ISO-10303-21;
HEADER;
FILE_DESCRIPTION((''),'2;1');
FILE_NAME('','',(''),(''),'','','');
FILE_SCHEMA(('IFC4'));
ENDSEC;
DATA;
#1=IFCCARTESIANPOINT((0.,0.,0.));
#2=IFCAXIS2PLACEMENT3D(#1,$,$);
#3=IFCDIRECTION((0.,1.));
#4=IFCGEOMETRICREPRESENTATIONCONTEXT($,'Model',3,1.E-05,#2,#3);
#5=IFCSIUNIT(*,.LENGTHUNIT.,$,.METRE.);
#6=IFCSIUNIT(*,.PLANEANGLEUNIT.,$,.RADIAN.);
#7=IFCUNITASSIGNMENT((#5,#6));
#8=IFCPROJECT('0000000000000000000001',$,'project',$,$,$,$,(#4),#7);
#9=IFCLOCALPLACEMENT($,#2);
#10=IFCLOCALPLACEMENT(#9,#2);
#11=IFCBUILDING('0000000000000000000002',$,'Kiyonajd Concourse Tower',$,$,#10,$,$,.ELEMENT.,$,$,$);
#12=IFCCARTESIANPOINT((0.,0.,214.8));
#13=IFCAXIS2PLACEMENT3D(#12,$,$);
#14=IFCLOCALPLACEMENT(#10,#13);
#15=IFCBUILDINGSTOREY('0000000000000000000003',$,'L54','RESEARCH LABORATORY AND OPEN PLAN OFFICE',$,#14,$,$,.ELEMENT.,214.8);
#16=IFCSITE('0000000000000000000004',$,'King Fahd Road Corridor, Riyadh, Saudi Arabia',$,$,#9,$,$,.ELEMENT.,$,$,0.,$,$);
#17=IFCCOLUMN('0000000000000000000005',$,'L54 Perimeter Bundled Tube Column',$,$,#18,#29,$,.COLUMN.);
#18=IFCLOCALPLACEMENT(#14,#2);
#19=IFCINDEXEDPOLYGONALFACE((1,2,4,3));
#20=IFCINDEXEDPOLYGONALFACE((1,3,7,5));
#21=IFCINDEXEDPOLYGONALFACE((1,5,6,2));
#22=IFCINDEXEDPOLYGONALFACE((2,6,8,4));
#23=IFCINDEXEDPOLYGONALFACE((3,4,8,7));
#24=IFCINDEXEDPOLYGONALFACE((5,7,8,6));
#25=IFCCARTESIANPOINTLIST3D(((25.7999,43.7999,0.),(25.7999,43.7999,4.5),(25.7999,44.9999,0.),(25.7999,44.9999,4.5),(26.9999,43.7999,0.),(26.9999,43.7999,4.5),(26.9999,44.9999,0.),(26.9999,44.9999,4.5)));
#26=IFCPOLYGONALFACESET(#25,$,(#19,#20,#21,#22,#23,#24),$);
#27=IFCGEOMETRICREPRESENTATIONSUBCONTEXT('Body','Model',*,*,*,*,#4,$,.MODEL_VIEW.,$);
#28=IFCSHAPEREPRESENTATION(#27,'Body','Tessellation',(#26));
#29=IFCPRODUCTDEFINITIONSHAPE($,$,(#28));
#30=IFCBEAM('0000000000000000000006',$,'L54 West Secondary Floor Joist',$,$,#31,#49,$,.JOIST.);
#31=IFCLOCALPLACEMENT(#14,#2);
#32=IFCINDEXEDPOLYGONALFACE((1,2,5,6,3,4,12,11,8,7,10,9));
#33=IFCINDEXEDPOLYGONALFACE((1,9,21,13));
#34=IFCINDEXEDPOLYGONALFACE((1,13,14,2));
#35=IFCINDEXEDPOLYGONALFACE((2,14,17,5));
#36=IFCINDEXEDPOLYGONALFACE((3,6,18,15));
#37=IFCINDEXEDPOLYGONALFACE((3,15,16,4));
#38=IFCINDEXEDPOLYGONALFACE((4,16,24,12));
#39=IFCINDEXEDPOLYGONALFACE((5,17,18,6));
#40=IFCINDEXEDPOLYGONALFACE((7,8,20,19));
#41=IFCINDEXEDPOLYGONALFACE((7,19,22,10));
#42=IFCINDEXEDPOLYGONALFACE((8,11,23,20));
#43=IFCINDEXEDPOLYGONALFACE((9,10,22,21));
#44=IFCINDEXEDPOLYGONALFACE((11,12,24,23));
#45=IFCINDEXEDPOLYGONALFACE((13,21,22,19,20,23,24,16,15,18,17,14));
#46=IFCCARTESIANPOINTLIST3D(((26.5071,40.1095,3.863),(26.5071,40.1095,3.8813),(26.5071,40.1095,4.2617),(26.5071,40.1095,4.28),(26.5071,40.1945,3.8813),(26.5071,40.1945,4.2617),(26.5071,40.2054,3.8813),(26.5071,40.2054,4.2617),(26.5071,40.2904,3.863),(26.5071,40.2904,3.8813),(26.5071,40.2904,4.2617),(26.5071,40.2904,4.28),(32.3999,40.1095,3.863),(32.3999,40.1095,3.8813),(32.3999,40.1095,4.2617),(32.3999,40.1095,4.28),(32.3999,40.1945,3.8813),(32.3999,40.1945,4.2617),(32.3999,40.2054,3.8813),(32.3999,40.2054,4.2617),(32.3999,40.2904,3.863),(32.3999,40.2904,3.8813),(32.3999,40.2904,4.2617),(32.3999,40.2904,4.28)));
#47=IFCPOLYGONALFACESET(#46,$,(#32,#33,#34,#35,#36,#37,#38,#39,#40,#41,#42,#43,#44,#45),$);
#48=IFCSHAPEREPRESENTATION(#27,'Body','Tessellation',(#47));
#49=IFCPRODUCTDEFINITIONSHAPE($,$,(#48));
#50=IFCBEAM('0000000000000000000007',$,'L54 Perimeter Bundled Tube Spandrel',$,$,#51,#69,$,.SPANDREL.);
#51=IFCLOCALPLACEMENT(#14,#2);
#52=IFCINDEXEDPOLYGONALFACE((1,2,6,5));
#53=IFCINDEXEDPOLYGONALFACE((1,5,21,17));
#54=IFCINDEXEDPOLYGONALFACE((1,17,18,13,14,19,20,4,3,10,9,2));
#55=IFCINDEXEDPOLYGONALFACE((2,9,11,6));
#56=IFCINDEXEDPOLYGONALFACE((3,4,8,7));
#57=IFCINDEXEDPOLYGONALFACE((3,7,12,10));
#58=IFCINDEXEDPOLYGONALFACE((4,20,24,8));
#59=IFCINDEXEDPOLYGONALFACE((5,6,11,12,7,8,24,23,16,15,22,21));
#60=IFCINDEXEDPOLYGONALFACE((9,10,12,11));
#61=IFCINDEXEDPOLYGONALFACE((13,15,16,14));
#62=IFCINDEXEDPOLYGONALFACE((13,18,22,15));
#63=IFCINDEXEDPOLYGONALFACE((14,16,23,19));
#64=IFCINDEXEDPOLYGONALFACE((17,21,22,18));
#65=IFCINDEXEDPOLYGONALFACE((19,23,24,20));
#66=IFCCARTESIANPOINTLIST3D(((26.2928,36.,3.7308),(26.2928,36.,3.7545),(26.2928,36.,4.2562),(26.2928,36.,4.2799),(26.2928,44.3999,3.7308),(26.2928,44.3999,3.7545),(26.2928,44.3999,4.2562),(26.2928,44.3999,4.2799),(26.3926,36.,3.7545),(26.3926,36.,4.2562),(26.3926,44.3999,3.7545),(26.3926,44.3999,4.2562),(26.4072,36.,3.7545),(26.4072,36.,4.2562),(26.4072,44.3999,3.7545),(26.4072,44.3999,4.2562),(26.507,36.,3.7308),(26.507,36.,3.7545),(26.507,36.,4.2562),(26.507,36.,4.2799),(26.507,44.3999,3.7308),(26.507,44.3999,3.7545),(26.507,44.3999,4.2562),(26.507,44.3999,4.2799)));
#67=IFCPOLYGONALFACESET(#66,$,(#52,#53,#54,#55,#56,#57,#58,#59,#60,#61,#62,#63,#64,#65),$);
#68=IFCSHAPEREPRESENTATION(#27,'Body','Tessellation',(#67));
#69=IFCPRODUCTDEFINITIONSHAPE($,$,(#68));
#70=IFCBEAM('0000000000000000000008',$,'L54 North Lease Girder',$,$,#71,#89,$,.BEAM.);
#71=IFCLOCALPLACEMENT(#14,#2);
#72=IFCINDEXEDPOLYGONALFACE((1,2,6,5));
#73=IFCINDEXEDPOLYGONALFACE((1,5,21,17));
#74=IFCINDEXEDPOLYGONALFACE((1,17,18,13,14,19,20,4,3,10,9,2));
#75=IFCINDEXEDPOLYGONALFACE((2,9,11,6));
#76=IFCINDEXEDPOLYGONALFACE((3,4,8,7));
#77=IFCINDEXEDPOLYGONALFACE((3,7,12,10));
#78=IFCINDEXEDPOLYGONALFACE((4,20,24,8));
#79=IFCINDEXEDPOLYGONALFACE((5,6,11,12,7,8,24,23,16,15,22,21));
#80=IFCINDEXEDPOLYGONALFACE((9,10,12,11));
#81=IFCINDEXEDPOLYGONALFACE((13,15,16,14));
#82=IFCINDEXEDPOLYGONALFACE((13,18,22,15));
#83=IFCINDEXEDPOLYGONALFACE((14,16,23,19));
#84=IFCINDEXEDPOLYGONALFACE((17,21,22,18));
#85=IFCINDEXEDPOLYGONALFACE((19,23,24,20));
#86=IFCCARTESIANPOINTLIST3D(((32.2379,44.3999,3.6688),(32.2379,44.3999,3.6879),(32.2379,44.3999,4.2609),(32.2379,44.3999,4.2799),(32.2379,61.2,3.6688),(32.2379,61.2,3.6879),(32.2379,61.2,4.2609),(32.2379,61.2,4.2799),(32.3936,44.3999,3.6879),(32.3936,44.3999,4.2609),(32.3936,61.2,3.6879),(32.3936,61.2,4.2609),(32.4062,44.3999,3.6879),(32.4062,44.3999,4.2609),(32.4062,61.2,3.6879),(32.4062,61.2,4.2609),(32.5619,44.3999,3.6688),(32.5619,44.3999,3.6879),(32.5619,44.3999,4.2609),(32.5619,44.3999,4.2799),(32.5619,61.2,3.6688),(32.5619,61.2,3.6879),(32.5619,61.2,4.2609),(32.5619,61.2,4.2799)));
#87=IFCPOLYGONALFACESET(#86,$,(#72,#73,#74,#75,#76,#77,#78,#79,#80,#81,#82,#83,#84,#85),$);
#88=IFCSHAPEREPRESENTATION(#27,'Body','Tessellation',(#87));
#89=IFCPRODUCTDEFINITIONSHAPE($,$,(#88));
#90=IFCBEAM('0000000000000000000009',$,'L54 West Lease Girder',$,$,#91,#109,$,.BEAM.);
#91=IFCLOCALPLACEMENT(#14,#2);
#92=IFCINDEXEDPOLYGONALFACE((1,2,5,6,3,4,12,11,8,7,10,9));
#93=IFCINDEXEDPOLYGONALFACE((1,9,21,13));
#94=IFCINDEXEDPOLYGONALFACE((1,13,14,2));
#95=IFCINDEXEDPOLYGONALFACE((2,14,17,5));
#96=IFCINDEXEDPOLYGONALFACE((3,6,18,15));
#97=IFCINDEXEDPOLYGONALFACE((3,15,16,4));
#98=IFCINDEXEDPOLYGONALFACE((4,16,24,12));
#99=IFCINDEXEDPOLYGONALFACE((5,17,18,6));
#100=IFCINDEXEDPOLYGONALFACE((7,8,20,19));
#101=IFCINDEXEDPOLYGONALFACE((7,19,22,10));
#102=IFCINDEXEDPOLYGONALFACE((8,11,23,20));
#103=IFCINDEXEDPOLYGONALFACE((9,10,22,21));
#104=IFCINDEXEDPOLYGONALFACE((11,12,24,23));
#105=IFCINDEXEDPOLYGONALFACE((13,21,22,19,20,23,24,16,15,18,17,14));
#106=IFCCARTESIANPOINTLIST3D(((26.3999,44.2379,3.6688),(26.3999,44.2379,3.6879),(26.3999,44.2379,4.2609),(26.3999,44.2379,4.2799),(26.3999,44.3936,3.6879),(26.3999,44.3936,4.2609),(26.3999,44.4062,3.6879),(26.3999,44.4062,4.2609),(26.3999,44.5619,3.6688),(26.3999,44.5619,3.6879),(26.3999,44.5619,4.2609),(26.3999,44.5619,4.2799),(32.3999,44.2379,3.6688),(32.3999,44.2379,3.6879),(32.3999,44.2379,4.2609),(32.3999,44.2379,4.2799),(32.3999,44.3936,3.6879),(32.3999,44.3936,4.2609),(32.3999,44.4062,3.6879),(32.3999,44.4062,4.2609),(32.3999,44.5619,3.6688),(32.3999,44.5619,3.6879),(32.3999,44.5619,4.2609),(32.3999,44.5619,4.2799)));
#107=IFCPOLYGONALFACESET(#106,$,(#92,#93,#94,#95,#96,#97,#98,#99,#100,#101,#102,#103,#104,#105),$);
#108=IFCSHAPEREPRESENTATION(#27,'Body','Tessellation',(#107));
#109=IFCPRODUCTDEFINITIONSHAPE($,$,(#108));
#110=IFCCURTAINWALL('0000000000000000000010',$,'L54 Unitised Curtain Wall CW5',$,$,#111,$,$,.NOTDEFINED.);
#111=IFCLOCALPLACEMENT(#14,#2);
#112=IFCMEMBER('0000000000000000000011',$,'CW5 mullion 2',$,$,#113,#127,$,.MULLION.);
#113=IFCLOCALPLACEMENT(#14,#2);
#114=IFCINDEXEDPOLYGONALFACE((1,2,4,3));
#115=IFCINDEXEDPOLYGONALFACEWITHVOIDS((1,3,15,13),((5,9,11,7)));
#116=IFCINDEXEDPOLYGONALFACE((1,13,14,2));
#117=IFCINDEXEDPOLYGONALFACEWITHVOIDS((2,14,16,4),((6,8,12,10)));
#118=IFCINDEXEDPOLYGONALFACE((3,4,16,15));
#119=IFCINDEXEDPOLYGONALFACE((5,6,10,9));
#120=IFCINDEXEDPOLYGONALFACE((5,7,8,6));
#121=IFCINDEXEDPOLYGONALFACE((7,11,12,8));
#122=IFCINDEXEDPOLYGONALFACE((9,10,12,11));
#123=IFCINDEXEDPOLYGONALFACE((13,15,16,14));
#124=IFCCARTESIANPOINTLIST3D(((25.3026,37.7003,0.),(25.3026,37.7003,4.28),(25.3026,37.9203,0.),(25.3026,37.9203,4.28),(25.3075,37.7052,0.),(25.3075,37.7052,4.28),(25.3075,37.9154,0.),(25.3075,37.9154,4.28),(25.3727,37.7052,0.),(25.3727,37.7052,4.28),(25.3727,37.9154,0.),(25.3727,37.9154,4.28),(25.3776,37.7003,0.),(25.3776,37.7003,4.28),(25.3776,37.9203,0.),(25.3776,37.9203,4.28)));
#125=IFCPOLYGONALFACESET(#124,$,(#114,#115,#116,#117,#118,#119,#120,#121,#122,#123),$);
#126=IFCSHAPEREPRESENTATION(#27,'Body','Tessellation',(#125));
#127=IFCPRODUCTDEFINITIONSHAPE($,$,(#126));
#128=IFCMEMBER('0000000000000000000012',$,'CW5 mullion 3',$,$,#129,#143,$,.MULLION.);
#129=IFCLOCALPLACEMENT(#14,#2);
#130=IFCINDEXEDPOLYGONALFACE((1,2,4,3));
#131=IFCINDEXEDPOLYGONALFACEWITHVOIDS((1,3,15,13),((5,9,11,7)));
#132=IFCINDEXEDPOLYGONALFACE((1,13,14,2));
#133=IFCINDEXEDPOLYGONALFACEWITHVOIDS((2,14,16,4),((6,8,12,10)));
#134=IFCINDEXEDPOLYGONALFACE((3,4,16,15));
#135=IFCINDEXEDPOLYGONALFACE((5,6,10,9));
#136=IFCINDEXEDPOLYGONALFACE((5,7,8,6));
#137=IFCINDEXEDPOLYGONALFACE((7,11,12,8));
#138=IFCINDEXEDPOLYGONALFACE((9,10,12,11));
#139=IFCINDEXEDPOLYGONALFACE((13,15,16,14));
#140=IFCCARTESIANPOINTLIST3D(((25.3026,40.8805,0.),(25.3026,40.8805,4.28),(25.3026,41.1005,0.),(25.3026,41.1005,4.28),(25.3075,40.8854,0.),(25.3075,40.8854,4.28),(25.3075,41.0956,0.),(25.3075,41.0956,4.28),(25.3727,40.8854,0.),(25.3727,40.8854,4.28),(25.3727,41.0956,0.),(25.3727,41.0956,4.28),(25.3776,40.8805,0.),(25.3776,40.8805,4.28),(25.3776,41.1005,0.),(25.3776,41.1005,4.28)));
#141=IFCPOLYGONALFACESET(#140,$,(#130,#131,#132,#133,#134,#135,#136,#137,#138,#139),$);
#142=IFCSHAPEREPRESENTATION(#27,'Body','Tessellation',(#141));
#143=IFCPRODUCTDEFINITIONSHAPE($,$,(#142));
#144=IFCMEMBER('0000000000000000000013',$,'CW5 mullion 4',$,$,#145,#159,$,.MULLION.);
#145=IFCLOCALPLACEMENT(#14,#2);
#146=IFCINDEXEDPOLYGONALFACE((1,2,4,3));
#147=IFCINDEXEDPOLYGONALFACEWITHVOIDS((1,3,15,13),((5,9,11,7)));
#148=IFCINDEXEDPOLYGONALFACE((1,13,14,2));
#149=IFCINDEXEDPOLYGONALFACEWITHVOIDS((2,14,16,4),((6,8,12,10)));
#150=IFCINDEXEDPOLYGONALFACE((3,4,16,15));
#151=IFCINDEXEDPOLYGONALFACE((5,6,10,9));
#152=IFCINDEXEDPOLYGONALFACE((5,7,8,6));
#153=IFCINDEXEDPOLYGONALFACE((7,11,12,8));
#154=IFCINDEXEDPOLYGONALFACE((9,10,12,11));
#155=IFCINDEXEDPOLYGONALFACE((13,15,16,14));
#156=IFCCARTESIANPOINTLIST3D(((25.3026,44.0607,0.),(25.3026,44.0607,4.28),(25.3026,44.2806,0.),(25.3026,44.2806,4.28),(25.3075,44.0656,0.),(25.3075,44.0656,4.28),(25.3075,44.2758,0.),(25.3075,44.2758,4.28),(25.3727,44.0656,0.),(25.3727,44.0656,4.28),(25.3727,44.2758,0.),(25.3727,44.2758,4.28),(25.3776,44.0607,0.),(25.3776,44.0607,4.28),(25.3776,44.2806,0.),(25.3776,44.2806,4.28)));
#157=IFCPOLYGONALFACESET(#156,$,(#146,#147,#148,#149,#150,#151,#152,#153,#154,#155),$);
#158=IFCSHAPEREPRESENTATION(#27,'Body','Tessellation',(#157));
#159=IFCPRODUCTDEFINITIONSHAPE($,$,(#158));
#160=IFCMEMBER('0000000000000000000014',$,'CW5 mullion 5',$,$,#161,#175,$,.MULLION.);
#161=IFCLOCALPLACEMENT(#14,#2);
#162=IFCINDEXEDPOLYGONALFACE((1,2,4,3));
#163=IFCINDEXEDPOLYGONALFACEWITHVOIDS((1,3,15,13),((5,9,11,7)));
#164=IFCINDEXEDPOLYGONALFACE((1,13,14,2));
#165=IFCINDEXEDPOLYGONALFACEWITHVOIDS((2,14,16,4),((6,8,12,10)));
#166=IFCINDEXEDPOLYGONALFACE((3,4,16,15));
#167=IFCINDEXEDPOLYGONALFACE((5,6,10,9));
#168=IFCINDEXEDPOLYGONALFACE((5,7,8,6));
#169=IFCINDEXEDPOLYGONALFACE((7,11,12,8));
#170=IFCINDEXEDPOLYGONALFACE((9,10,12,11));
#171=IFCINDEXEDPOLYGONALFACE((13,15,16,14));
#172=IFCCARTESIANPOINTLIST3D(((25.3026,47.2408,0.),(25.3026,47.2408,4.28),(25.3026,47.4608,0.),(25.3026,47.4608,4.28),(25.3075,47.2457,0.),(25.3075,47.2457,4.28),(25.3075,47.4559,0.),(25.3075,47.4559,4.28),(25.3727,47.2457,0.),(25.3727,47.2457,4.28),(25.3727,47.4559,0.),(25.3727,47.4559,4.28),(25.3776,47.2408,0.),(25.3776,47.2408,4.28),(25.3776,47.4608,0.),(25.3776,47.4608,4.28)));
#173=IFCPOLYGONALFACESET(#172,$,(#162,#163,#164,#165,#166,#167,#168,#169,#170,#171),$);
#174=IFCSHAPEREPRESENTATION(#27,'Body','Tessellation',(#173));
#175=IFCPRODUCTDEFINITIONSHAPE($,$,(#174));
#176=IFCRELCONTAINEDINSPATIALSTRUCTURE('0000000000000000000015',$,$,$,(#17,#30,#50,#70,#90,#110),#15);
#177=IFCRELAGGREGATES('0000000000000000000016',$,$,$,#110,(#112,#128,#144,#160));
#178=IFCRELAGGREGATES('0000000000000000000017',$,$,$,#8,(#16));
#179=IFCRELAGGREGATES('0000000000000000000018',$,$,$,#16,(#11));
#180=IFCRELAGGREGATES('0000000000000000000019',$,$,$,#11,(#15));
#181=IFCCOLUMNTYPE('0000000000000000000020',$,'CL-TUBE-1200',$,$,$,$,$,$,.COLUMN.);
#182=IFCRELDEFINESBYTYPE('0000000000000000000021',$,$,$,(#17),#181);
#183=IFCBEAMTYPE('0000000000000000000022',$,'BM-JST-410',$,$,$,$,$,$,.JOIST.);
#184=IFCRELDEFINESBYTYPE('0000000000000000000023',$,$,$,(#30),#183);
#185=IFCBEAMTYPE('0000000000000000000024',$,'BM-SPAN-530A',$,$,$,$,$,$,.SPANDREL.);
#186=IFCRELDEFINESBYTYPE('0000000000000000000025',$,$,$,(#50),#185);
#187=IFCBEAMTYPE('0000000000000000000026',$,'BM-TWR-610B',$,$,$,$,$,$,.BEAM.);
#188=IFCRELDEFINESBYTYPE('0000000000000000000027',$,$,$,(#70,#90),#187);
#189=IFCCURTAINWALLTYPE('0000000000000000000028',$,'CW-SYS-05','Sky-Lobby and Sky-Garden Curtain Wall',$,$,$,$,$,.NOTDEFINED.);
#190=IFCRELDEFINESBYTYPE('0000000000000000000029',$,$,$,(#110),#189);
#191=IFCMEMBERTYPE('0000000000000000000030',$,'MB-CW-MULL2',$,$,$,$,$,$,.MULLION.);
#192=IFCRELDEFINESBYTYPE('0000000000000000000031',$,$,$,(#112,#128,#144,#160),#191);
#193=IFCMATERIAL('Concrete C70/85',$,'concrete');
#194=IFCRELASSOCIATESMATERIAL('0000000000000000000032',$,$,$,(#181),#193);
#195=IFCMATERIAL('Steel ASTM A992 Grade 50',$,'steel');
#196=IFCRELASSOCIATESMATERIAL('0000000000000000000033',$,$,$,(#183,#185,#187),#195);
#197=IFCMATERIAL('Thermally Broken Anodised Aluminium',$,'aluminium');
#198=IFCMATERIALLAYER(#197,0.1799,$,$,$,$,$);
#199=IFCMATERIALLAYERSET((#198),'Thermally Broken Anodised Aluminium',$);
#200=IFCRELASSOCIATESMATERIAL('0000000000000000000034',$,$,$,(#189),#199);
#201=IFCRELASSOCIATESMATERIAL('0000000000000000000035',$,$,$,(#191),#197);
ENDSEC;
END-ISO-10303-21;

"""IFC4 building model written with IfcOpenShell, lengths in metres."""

from ifc_helpers import new_model, si_unit, direction, frame, origin, origin_2d, place, context, subcontext, project, spatial, rectangle, hollow_rectangle, i_section, extrude, material, layer, layer_set, material_profile, profile_set, type_object, element, aggregate, save


model = new_model("IFC4")

# Units and contexts
model_context = context("Model", 3, precision=1e-05, world=origin(), true_north=direction((0.0, 1.0)))
body_context = subcontext(model_context, "Body", "Model", "MODEL_VIEW")
ifc_project = project(units=[si_unit("LENGTHUNIT", "METRE"), si_unit("PLANEANGLEUNIT", "RADIAN")], contexts=[model_context])

# Site, building, storey
site_placement = place(None, origin())
site = spatial("IfcSite", under=ifc_project, at=site_placement, Name="King Fahd Road Corridor, Riyadh, Saudi Arabia", CompositionType="ELEMENT", RefElevation=0.0)
building_placement = place(site_placement, origin())
building = spatial("IfcBuilding", under=site, at=building_placement, Name="Kiyonajd Concourse Tower", CompositionType="ELEMENT")
storey_placement = place(building_placement, frame((0.0, 0.0, 214.8)))
storey = spatial("IfcBuildingStorey", under=building, at=storey_placement, Name="L54", Description="RESEARCH LABORATORY AND OPEN PLAN OFFICE", CompositionType="ELEMENT", Elevation=214.8)

# Column
ifc_material_1 = material(Name="Concrete C70/85", Category="concrete")
ifc_material_profile_1 = material_profile(ifc_material_1, rectangle(XDim=1.2, YDim=1.2, at=origin_2d()), Name="RC-1200x1200")
ifc_profile_set_1 = profile_set([ifc_material_profile_1], Name="Concrete C70/85")
column_type = type_object("IfcColumnType", Name="CL-TUBE-1200", PredefinedType="COLUMN", material=ifc_profile_set_1)
column_placement = place(storey_placement, frame((26.3999, 44.3999, 0.0), z_axis=(0.0, 0.0, 1.0), x_axis=(1.0, 0.0, 0.0)))
element("IfcColumn", 1, at=column_placement, inside=storey, type_object=column_type, Name="L54 Perimeter Bundled Tube Column", PredefinedType="COLUMN", context=body_context, shape_type="SweptSolid", body=[
    extrude(rectangle(XDim=1.2, YDim=1.2, at=origin_2d()), origin(), (0.0, 0.0, 1.0), 4.5),
])

# Beams
ifc_material_2 = material(Name="Steel ASTM A992 Grade 50", Category="steel")
ifc_material_profile_2 = material_profile(ifc_material_2, i_section(OverallWidth=0.1809, OverallDepth=0.417, WebThickness=0.011, FlangeThickness=0.0183, at=origin_2d()), Name="W410X85")
ifc_profile_set_2 = profile_set([ifc_material_profile_2], Name="Steel ASTM A992 Grade 50")
beam_type_1 = type_object("IfcBeamType", Name="BM-JST-410", PredefinedType="JOIST", material=ifc_profile_set_2)
beam_1_placement = place(storey_placement, frame((26.5071, 40.2, 4.0715), z_axis=(1.0, 0.0, 0.0), x_axis=(0.0, 1.0, 0.0)))
element("IfcBeam", 2, at=beam_1_placement, inside=storey, type_object=beam_type_1, Name="L54 West Secondary Floor Joist", PredefinedType="JOIST", context=body_context, shape_type="SweptSolid", body=[
    extrude(i_section(OverallWidth=0.1809, OverallDepth=0.417, WebThickness=0.011, FlangeThickness=0.0183, at=origin_2d()), origin(), (0.0, 0.0, 1.0), 5.8928),
])
ifc_material_profile_3 = material_profile(ifc_material_2, i_section(OverallWidth=0.2141, OverallDepth=0.5491, WebThickness=0.0146, FlangeThickness=0.0237, at=origin_2d()), Name="W530X138")
ifc_profile_set_3 = profile_set([ifc_material_profile_3], Name="Steel ASTM A992 Grade 50")
beam_type_2 = type_object("IfcBeamType", Name="BM-SPAN-530A", PredefinedType="SPANDREL", material=ifc_profile_set_3)
beam_2_placement = place(storey_placement, frame((26.3999, 44.3999, 4.0054), z_axis=(0.0, -1.0, 0.0), x_axis=(1.0, 0.0, 0.0)))
element("IfcBeam", 3, at=beam_2_placement, inside=storey, type_object=beam_type_2, Name="L54 Perimeter Bundled Tube Spandrel", PredefinedType="SPANDREL", context=body_context, shape_type="SweptSolid", body=[
    extrude(i_section(OverallWidth=0.2141, OverallDepth=0.5491, WebThickness=0.0146, FlangeThickness=0.0237, at=origin_2d()), origin(), (0.0, 0.0, 1.0), 8.3999),
])
ifc_material_profile_4 = material_profile(ifc_material_2, i_section(OverallWidth=0.324, OverallDepth=0.6111, WebThickness=0.0127, FlangeThickness=0.019, at=origin_2d()), Name="W610X155")
ifc_profile_set_4 = profile_set([ifc_material_profile_4], Name="Steel ASTM A992 Grade 50")
beam_type_3 = type_object("IfcBeamType", Name="BM-TWR-610B", PredefinedType="BEAM", material=ifc_profile_set_4)
beam_3_placement = place(storey_placement, frame((32.3999, 44.3999, 3.9744), z_axis=(0.0, 1.0, 0.0), x_axis=(-1.0, 0.0, 0.0)))
element("IfcBeam", 4, at=beam_3_placement, inside=storey, type_object=beam_type_3, Name="L54 North Lease Girder", PredefinedType="BEAM", context=body_context, shape_type="SweptSolid", body=[
    extrude(i_section(OverallWidth=0.324, OverallDepth=0.6111, WebThickness=0.0127, FlangeThickness=0.019, at=origin_2d()), origin(), (0.0, 0.0, 1.0), 16.8),
])
beam_4_placement = place(storey_placement, frame((26.3999, 44.3999, 3.9744), z_axis=(1.0, 0.0, 0.0), x_axis=(0.0, 1.0, 0.0)))
element("IfcBeam", 5, at=beam_4_placement, inside=storey, type_object=beam_type_3, Name="L54 West Lease Girder", PredefinedType="BEAM", context=body_context, shape_type="SweptSolid", body=[
    extrude(i_section(OverallWidth=0.324, OverallDepth=0.6111, WebThickness=0.0127, FlangeThickness=0.019, at=origin_2d()), origin(), (0.0, 0.0, 1.0), 6.0),
])

# Curtain wall, members
ifc_material_3 = material(Name="Thermally Broken Anodised Aluminium", Category="aluminium")
ifc_layer_1 = layer(ifc_material_3, 0.1799)
ifc_layer_set_1 = layer_set([ifc_layer_1], Name="Thermally Broken Anodised Aluminium")
curtain_wall_type = type_object("IfcCurtainWallType", Name="CW-SYS-05", Description="Sky-Lobby and Sky-Garden Curtain Wall", PredefinedType="NOTDEFINED", material=ifc_layer_set_1)
curtain_wall_placement = place(storey_placement, origin())
curtain_wall = element("IfcCurtainWall", 6, at=curtain_wall_placement, inside=storey, type_object=curtain_wall_type, Name="L54 Unitised Curtain Wall CW5", PredefinedType="NOTDEFINED")
ifc_material_profile_5 = material_profile(ifc_material_3, hollow_rectangle(XDim=0.075, YDim=0.22, WallThickness=0.0049, at=origin_2d()), Name="MULL-75x220")
ifc_profile_set_5 = profile_set([ifc_material_profile_5], Name="Thermally Broken Anodised Aluminium")
member_type_1 = type_object("IfcMemberType", Name="MB-CW-MULL2", PredefinedType="MULLION", material=ifc_profile_set_5)
member_1_placement = place(storey_placement, frame((25.3401, 37.8103, 0.0), z_axis=(0.0, 0.0, 1.0), x_axis=(-1.0, 0.0, 0.0)))
member_1 = element("IfcMember", 7, at=member_1_placement, type_object=member_type_1, Name="CW5 mullion 2", PredefinedType="MULLION", context=body_context, shape_type="SweptSolid", body=[
    extrude(hollow_rectangle(XDim=0.075, YDim=0.22, WallThickness=0.0049, at=origin_2d()), origin(), (0.0, 0.0, 1.0), 4.28),
])
member_2_placement = place(storey_placement, frame((25.3401, 40.9905, 0.0), z_axis=(0.0, 0.0, 1.0), x_axis=(-1.0, 0.0, 0.0)))
member_2 = element("IfcMember", 8, at=member_2_placement, type_object=member_type_1, Name="CW5 mullion 3", PredefinedType="MULLION", context=body_context, shape_type="SweptSolid", body=[
    extrude(hollow_rectangle(XDim=0.075, YDim=0.22, WallThickness=0.0049, at=origin_2d()), origin(), (0.0, 0.0, 1.0), 4.28),
])
member_3_placement = place(storey_placement, frame((25.3401, 44.1707, 0.0), z_axis=(0.0, 0.0, 1.0), x_axis=(-1.0, 0.0, 0.0)))
member_3 = element("IfcMember", 9, at=member_3_placement, type_object=member_type_1, Name="CW5 mullion 4", PredefinedType="MULLION", context=body_context, shape_type="SweptSolid", body=[
    extrude(hollow_rectangle(XDim=0.075, YDim=0.22, WallThickness=0.0049, at=origin_2d()), origin(), (0.0, 0.0, 1.0), 4.28),
])
member_4_placement = place(storey_placement, frame((25.3401, 47.3508, 0.0), z_axis=(0.0, 0.0, 1.0), x_axis=(-1.0, 0.0, 0.0)))
member_4 = element("IfcMember", 10, at=member_4_placement, type_object=member_type_1, Name="CW5 mullion 5", PredefinedType="MULLION", context=body_context, shape_type="SweptSolid", body=[
    extrude(hollow_rectangle(XDim=0.075, YDim=0.22, WallThickness=0.0049, at=origin_2d()), origin(), (0.0, 0.0, 1.0), 4.28),
])
aggregate(curtain_wall, [member_1, member_2, member_3, member_4])

save(model, "model.ifc")
